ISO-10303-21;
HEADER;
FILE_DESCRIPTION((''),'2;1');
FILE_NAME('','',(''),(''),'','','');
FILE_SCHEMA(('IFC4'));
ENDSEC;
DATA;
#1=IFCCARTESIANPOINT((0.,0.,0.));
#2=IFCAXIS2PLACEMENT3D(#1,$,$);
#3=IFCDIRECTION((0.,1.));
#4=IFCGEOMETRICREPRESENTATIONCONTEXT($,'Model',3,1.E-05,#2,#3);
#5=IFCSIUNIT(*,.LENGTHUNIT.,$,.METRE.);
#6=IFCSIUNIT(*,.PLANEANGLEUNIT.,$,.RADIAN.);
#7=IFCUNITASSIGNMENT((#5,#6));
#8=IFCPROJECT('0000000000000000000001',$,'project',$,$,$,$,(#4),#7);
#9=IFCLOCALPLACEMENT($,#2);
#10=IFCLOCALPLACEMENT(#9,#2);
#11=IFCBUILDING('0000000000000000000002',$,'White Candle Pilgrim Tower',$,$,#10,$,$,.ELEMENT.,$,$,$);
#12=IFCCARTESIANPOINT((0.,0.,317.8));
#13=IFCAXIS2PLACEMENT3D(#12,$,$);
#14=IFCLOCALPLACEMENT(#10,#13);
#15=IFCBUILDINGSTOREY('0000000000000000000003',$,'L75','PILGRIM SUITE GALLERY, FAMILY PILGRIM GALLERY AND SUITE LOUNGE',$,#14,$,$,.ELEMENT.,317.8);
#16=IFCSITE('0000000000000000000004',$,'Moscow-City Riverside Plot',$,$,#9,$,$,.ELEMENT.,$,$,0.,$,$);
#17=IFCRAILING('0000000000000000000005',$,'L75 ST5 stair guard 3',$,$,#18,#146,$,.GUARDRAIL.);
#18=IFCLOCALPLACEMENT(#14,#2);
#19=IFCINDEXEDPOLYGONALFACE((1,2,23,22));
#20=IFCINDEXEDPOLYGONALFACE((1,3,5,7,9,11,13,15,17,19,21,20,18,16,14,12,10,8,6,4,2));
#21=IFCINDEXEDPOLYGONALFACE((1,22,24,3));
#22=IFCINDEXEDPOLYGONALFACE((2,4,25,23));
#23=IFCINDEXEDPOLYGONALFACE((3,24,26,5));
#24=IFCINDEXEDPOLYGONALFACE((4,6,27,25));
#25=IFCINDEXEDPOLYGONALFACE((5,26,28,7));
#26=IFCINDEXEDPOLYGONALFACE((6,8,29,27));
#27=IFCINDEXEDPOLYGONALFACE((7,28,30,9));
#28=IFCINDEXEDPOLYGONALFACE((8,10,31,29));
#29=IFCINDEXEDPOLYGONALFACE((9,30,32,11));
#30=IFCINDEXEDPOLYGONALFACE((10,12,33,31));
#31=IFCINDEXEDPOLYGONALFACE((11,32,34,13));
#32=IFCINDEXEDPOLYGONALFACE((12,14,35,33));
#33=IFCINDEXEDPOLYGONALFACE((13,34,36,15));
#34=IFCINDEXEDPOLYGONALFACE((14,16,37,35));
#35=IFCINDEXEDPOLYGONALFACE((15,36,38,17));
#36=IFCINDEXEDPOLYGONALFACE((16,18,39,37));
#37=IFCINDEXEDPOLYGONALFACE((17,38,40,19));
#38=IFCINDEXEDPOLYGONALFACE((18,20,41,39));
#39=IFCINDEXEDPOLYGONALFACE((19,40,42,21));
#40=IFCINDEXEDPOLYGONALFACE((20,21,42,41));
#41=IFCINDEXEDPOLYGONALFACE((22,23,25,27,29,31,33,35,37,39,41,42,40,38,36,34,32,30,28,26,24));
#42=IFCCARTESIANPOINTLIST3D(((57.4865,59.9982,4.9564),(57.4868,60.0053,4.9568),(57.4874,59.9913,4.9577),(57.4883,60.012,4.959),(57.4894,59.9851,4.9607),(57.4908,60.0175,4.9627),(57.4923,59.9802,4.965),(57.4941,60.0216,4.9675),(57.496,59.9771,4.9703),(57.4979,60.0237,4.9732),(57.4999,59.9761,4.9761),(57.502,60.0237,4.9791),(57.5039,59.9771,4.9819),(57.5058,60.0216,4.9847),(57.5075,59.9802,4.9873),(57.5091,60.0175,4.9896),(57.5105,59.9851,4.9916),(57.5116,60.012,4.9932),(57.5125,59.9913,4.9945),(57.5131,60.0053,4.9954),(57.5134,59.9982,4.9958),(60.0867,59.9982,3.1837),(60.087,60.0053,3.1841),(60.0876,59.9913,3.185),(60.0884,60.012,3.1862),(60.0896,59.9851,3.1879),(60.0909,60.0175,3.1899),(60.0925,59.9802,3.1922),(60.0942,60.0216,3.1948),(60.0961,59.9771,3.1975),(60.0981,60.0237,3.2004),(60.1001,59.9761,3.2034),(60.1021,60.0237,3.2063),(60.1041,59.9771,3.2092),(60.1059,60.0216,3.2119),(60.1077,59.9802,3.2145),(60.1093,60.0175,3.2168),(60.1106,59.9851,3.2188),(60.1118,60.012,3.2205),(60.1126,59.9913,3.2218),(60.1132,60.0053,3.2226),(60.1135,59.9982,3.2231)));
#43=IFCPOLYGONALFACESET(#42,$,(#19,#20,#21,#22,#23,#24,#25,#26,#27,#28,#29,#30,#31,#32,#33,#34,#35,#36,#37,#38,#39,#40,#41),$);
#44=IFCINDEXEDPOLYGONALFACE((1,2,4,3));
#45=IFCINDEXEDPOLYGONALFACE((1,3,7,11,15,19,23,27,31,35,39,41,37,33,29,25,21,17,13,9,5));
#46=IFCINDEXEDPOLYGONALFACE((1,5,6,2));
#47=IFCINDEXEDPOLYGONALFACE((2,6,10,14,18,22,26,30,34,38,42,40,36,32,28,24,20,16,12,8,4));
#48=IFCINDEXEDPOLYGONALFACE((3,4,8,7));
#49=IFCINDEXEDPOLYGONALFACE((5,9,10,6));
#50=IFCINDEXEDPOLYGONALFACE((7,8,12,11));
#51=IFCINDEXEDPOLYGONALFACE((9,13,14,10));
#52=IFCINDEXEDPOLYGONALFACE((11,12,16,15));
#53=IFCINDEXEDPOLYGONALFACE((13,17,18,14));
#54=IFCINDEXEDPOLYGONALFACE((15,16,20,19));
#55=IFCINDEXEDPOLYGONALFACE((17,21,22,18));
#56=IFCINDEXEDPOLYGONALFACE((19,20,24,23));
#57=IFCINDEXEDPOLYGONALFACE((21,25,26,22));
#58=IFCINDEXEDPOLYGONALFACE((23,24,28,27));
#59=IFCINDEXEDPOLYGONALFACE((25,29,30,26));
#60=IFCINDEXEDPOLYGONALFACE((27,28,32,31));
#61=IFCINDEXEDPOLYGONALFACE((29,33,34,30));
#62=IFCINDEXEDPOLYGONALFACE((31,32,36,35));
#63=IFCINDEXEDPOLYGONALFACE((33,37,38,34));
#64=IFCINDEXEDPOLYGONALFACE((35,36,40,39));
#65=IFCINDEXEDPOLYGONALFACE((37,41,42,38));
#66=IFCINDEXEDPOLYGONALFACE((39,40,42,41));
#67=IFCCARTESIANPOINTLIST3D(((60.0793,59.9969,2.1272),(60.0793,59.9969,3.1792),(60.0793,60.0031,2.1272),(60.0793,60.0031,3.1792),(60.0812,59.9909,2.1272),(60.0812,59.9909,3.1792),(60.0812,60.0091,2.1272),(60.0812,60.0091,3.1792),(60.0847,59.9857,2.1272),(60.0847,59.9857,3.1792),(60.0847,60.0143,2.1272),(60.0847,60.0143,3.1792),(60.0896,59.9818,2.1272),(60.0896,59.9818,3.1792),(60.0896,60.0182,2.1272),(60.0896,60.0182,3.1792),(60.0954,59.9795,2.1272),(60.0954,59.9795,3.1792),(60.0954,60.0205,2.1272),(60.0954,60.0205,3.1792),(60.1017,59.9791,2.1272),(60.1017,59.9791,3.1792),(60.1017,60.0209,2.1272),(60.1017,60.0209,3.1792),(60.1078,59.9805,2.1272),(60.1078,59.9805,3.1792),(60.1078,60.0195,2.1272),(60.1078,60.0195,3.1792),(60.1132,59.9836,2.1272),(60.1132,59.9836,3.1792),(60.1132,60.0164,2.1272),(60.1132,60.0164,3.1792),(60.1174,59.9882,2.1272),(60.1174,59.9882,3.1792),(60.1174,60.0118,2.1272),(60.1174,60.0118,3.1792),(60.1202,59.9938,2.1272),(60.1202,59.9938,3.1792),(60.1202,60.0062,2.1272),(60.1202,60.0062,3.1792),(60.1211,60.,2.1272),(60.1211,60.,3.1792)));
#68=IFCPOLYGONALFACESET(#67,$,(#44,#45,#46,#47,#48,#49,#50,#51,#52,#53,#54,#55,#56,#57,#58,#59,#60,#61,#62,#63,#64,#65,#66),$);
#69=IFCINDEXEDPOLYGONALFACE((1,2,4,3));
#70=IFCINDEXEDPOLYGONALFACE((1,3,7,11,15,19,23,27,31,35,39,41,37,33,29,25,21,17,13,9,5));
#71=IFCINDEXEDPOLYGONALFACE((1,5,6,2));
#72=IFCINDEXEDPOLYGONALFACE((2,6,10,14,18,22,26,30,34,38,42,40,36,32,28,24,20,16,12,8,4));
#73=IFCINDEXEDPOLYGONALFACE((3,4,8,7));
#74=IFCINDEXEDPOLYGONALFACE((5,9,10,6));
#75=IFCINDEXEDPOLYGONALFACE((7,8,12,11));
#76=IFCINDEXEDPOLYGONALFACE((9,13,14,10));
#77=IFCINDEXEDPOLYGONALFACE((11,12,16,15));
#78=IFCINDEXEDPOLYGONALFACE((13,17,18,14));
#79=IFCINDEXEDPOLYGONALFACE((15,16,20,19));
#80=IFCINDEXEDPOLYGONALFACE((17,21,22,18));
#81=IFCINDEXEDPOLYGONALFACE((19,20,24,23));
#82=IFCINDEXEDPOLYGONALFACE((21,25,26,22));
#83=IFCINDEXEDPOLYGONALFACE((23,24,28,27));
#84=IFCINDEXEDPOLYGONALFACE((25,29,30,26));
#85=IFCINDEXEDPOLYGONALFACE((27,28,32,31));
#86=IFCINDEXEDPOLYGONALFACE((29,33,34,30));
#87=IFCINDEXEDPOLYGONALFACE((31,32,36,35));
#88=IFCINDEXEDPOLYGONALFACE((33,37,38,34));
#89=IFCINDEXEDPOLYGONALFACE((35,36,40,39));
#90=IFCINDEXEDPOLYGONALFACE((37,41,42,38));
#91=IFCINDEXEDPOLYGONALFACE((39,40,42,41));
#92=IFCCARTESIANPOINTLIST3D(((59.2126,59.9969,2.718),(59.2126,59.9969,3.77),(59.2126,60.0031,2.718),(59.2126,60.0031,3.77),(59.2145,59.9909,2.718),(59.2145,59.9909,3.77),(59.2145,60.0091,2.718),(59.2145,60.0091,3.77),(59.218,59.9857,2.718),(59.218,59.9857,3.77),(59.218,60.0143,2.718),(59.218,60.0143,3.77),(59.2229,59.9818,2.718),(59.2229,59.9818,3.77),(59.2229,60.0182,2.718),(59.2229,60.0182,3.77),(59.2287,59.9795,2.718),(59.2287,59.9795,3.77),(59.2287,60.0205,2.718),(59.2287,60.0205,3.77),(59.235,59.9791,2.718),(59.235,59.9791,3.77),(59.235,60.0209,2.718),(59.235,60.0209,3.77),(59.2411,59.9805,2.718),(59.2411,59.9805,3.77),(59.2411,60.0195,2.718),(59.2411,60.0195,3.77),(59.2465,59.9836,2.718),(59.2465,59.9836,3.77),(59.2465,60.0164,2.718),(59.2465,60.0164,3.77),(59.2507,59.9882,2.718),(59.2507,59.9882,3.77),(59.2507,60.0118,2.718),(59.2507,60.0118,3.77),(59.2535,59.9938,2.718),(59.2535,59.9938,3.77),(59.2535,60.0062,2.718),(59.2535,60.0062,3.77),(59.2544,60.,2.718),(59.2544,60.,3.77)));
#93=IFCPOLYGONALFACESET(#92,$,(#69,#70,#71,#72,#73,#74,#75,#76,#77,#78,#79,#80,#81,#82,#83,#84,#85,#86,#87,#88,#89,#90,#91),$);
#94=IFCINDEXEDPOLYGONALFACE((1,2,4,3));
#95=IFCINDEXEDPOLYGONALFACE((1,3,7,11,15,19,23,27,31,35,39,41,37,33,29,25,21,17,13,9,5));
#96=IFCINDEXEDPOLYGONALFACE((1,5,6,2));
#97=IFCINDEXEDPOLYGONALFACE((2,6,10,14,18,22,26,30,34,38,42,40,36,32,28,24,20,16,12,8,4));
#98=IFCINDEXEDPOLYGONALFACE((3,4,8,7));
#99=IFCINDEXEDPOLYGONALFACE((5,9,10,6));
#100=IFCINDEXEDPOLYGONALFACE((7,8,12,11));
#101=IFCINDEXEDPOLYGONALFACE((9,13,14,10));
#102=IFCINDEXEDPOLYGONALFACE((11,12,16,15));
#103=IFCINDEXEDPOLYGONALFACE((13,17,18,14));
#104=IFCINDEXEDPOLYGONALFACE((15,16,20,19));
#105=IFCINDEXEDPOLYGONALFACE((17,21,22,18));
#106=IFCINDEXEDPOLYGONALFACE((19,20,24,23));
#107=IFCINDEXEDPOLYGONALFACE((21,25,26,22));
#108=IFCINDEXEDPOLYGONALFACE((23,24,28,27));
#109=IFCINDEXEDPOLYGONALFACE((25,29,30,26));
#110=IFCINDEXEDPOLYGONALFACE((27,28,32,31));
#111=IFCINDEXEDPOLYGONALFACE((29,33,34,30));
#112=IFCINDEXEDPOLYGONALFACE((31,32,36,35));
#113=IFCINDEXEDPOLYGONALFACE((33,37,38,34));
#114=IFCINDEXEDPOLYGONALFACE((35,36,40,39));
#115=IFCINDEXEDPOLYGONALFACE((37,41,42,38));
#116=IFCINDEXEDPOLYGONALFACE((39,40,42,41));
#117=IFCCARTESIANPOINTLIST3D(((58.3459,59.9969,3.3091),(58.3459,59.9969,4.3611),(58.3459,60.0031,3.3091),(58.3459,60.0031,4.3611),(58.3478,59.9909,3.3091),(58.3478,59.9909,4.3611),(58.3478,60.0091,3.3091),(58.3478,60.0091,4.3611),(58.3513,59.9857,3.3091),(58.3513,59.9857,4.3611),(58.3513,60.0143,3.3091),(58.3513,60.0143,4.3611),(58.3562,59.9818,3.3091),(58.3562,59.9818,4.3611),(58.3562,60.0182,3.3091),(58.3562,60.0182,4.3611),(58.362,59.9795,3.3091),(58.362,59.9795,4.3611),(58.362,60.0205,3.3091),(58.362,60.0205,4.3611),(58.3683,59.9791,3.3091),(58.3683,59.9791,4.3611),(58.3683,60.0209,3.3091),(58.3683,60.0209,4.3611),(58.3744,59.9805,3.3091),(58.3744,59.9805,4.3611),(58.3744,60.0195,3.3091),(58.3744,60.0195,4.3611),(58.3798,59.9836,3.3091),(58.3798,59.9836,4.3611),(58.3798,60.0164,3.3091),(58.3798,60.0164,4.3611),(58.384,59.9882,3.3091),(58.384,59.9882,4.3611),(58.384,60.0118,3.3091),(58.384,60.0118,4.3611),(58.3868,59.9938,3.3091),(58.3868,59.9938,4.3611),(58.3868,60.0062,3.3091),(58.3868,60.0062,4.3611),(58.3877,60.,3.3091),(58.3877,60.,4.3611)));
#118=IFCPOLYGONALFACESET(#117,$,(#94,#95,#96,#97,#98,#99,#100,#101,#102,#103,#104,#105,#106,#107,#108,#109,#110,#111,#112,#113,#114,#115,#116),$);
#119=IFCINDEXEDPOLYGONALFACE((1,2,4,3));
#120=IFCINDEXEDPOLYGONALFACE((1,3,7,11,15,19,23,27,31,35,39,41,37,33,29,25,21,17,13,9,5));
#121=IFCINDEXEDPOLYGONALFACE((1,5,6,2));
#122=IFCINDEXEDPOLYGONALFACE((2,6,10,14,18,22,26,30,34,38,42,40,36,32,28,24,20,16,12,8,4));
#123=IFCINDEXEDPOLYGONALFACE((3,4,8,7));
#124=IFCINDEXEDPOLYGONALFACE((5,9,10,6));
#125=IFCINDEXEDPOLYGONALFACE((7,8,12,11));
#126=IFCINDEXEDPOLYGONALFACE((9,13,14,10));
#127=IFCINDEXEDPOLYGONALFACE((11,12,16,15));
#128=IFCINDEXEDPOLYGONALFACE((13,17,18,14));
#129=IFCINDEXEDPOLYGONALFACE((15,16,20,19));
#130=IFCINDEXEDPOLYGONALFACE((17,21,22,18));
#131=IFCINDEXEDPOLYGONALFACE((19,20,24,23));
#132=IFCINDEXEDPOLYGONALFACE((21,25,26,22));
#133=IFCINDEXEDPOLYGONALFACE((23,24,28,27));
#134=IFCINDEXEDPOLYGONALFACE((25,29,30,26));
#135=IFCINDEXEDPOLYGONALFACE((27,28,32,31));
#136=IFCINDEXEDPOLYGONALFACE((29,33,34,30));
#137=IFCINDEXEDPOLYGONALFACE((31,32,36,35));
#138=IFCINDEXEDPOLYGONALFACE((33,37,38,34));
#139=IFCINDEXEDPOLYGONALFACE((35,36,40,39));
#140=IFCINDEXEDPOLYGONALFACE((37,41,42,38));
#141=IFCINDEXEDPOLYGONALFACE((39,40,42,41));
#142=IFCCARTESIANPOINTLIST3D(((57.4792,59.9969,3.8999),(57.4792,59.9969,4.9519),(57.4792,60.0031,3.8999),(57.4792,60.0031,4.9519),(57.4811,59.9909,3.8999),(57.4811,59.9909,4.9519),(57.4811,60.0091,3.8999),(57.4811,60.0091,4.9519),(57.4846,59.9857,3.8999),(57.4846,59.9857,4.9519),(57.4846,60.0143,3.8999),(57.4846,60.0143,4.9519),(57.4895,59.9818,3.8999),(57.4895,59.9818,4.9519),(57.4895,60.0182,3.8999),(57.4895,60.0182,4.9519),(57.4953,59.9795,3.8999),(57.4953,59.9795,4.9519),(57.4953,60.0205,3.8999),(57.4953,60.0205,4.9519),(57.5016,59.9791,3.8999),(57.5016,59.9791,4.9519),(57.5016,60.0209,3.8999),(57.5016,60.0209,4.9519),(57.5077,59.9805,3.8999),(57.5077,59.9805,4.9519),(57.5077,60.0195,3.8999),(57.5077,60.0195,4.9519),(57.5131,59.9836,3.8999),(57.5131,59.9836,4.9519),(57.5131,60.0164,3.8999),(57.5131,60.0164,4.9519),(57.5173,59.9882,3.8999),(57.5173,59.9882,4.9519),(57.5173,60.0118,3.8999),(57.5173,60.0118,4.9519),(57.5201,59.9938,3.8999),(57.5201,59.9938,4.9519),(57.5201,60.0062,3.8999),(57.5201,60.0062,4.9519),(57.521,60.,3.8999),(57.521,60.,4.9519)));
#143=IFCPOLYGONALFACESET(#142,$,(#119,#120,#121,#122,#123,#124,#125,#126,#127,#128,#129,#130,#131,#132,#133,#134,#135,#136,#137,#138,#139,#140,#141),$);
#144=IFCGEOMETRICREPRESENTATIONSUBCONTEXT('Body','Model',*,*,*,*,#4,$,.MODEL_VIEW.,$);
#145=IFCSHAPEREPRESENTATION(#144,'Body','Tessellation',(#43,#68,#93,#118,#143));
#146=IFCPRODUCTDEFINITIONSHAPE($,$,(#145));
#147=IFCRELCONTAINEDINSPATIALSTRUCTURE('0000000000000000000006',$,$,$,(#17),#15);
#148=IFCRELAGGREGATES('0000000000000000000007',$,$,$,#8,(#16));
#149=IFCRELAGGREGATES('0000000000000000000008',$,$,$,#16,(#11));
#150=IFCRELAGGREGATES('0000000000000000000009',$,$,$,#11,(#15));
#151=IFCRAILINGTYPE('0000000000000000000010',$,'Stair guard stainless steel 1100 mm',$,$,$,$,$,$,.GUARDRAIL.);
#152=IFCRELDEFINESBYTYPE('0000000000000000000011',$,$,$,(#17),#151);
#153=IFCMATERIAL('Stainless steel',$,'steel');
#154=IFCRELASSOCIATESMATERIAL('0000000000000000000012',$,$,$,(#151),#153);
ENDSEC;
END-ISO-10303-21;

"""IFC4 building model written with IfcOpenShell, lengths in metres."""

from ifc_helpers import new_model, si_unit, direction, frame, origin, origin_2d, place, context, subcontext, project, spatial, circle, extrude, material, type_object, element, save


model = new_model("IFC4")

# Units and contexts
model_context = context("Model", 3, precision=1e-05, world=origin(), true_north=direction((0.0, 1.0)))
body_context = subcontext(model_context, "Body", "Model", "MODEL_VIEW")
ifc_project = project(units=[si_unit("LENGTHUNIT", "METRE"), si_unit("PLANEANGLEUNIT", "RADIAN")], contexts=[model_context])

# Site, building, storey
site_placement = place(None, origin())
site = spatial("IfcSite", under=ifc_project, at=site_placement, Name="Moscow-City Riverside Plot", CompositionType="ELEMENT", RefElevation=0.0)
building_placement = place(site_placement, origin())
building = spatial("IfcBuilding", under=site, at=building_placement, Name="White Candle Pilgrim Tower", CompositionType="ELEMENT")
storey_placement = place(building_placement, frame((0.0, 0.0, 317.8)))
storey = spatial("IfcBuildingStorey", under=building, at=storey_placement, Name="L75", Description="PILGRIM SUITE GALLERY, FAMILY PILGRIM GALLERY AND SUITE LOUNGE", CompositionType="ELEMENT", Elevation=317.8)

# Railing
ifc_material_1 = material(Name="Stainless steel", Category="steel")
railing_type_1 = type_object("IfcRailingType", Name="Stair guard stainless steel 1100 mm", PredefinedType="GUARDRAIL", material=ifc_material_1)
railing_1_placement = place(storey_placement, frame((60.1001, 60.0, 2.1272)))
element("IfcRailing", 1, at=railing_1_placement, inside=storey, type_object=railing_type_1, Name="L75 ST5 stair guard 3", PredefinedType="GUARDRAIL", context=body_context, shape_type="SweptSolid", body=[
    extrude(circle(Radius=0.0239, at=origin_2d()), frame((0.0, 0.0, 1.0762), z_axis=(-0.82624, 0.0, 0.563318), x_axis=(0.0, -1.0, 0.0)), (0.0, 0.0, 1.0), 3.147),
    extrude(circle(Radius=0.021, at=origin_2d()), origin(), (0.0, 0.0, 1.0), 1.052),
    extrude(circle(Radius=0.021, at=origin_2d()), frame((-0.8667, 0.0, 0.5908)), (0.0, 0.0, 1.0), 1.052),
    extrude(circle(Radius=0.021, at=origin_2d()), frame((-1.7334, 0.0, 1.1819)), (0.0, 0.0, 1.0), 1.052),
    extrude(circle(Radius=0.021, at=origin_2d()), frame((-2.6001, 0.0, 1.7727)), (0.0, 0.0, 1.0), 1.052),
])

save(model, "model.ifc")
